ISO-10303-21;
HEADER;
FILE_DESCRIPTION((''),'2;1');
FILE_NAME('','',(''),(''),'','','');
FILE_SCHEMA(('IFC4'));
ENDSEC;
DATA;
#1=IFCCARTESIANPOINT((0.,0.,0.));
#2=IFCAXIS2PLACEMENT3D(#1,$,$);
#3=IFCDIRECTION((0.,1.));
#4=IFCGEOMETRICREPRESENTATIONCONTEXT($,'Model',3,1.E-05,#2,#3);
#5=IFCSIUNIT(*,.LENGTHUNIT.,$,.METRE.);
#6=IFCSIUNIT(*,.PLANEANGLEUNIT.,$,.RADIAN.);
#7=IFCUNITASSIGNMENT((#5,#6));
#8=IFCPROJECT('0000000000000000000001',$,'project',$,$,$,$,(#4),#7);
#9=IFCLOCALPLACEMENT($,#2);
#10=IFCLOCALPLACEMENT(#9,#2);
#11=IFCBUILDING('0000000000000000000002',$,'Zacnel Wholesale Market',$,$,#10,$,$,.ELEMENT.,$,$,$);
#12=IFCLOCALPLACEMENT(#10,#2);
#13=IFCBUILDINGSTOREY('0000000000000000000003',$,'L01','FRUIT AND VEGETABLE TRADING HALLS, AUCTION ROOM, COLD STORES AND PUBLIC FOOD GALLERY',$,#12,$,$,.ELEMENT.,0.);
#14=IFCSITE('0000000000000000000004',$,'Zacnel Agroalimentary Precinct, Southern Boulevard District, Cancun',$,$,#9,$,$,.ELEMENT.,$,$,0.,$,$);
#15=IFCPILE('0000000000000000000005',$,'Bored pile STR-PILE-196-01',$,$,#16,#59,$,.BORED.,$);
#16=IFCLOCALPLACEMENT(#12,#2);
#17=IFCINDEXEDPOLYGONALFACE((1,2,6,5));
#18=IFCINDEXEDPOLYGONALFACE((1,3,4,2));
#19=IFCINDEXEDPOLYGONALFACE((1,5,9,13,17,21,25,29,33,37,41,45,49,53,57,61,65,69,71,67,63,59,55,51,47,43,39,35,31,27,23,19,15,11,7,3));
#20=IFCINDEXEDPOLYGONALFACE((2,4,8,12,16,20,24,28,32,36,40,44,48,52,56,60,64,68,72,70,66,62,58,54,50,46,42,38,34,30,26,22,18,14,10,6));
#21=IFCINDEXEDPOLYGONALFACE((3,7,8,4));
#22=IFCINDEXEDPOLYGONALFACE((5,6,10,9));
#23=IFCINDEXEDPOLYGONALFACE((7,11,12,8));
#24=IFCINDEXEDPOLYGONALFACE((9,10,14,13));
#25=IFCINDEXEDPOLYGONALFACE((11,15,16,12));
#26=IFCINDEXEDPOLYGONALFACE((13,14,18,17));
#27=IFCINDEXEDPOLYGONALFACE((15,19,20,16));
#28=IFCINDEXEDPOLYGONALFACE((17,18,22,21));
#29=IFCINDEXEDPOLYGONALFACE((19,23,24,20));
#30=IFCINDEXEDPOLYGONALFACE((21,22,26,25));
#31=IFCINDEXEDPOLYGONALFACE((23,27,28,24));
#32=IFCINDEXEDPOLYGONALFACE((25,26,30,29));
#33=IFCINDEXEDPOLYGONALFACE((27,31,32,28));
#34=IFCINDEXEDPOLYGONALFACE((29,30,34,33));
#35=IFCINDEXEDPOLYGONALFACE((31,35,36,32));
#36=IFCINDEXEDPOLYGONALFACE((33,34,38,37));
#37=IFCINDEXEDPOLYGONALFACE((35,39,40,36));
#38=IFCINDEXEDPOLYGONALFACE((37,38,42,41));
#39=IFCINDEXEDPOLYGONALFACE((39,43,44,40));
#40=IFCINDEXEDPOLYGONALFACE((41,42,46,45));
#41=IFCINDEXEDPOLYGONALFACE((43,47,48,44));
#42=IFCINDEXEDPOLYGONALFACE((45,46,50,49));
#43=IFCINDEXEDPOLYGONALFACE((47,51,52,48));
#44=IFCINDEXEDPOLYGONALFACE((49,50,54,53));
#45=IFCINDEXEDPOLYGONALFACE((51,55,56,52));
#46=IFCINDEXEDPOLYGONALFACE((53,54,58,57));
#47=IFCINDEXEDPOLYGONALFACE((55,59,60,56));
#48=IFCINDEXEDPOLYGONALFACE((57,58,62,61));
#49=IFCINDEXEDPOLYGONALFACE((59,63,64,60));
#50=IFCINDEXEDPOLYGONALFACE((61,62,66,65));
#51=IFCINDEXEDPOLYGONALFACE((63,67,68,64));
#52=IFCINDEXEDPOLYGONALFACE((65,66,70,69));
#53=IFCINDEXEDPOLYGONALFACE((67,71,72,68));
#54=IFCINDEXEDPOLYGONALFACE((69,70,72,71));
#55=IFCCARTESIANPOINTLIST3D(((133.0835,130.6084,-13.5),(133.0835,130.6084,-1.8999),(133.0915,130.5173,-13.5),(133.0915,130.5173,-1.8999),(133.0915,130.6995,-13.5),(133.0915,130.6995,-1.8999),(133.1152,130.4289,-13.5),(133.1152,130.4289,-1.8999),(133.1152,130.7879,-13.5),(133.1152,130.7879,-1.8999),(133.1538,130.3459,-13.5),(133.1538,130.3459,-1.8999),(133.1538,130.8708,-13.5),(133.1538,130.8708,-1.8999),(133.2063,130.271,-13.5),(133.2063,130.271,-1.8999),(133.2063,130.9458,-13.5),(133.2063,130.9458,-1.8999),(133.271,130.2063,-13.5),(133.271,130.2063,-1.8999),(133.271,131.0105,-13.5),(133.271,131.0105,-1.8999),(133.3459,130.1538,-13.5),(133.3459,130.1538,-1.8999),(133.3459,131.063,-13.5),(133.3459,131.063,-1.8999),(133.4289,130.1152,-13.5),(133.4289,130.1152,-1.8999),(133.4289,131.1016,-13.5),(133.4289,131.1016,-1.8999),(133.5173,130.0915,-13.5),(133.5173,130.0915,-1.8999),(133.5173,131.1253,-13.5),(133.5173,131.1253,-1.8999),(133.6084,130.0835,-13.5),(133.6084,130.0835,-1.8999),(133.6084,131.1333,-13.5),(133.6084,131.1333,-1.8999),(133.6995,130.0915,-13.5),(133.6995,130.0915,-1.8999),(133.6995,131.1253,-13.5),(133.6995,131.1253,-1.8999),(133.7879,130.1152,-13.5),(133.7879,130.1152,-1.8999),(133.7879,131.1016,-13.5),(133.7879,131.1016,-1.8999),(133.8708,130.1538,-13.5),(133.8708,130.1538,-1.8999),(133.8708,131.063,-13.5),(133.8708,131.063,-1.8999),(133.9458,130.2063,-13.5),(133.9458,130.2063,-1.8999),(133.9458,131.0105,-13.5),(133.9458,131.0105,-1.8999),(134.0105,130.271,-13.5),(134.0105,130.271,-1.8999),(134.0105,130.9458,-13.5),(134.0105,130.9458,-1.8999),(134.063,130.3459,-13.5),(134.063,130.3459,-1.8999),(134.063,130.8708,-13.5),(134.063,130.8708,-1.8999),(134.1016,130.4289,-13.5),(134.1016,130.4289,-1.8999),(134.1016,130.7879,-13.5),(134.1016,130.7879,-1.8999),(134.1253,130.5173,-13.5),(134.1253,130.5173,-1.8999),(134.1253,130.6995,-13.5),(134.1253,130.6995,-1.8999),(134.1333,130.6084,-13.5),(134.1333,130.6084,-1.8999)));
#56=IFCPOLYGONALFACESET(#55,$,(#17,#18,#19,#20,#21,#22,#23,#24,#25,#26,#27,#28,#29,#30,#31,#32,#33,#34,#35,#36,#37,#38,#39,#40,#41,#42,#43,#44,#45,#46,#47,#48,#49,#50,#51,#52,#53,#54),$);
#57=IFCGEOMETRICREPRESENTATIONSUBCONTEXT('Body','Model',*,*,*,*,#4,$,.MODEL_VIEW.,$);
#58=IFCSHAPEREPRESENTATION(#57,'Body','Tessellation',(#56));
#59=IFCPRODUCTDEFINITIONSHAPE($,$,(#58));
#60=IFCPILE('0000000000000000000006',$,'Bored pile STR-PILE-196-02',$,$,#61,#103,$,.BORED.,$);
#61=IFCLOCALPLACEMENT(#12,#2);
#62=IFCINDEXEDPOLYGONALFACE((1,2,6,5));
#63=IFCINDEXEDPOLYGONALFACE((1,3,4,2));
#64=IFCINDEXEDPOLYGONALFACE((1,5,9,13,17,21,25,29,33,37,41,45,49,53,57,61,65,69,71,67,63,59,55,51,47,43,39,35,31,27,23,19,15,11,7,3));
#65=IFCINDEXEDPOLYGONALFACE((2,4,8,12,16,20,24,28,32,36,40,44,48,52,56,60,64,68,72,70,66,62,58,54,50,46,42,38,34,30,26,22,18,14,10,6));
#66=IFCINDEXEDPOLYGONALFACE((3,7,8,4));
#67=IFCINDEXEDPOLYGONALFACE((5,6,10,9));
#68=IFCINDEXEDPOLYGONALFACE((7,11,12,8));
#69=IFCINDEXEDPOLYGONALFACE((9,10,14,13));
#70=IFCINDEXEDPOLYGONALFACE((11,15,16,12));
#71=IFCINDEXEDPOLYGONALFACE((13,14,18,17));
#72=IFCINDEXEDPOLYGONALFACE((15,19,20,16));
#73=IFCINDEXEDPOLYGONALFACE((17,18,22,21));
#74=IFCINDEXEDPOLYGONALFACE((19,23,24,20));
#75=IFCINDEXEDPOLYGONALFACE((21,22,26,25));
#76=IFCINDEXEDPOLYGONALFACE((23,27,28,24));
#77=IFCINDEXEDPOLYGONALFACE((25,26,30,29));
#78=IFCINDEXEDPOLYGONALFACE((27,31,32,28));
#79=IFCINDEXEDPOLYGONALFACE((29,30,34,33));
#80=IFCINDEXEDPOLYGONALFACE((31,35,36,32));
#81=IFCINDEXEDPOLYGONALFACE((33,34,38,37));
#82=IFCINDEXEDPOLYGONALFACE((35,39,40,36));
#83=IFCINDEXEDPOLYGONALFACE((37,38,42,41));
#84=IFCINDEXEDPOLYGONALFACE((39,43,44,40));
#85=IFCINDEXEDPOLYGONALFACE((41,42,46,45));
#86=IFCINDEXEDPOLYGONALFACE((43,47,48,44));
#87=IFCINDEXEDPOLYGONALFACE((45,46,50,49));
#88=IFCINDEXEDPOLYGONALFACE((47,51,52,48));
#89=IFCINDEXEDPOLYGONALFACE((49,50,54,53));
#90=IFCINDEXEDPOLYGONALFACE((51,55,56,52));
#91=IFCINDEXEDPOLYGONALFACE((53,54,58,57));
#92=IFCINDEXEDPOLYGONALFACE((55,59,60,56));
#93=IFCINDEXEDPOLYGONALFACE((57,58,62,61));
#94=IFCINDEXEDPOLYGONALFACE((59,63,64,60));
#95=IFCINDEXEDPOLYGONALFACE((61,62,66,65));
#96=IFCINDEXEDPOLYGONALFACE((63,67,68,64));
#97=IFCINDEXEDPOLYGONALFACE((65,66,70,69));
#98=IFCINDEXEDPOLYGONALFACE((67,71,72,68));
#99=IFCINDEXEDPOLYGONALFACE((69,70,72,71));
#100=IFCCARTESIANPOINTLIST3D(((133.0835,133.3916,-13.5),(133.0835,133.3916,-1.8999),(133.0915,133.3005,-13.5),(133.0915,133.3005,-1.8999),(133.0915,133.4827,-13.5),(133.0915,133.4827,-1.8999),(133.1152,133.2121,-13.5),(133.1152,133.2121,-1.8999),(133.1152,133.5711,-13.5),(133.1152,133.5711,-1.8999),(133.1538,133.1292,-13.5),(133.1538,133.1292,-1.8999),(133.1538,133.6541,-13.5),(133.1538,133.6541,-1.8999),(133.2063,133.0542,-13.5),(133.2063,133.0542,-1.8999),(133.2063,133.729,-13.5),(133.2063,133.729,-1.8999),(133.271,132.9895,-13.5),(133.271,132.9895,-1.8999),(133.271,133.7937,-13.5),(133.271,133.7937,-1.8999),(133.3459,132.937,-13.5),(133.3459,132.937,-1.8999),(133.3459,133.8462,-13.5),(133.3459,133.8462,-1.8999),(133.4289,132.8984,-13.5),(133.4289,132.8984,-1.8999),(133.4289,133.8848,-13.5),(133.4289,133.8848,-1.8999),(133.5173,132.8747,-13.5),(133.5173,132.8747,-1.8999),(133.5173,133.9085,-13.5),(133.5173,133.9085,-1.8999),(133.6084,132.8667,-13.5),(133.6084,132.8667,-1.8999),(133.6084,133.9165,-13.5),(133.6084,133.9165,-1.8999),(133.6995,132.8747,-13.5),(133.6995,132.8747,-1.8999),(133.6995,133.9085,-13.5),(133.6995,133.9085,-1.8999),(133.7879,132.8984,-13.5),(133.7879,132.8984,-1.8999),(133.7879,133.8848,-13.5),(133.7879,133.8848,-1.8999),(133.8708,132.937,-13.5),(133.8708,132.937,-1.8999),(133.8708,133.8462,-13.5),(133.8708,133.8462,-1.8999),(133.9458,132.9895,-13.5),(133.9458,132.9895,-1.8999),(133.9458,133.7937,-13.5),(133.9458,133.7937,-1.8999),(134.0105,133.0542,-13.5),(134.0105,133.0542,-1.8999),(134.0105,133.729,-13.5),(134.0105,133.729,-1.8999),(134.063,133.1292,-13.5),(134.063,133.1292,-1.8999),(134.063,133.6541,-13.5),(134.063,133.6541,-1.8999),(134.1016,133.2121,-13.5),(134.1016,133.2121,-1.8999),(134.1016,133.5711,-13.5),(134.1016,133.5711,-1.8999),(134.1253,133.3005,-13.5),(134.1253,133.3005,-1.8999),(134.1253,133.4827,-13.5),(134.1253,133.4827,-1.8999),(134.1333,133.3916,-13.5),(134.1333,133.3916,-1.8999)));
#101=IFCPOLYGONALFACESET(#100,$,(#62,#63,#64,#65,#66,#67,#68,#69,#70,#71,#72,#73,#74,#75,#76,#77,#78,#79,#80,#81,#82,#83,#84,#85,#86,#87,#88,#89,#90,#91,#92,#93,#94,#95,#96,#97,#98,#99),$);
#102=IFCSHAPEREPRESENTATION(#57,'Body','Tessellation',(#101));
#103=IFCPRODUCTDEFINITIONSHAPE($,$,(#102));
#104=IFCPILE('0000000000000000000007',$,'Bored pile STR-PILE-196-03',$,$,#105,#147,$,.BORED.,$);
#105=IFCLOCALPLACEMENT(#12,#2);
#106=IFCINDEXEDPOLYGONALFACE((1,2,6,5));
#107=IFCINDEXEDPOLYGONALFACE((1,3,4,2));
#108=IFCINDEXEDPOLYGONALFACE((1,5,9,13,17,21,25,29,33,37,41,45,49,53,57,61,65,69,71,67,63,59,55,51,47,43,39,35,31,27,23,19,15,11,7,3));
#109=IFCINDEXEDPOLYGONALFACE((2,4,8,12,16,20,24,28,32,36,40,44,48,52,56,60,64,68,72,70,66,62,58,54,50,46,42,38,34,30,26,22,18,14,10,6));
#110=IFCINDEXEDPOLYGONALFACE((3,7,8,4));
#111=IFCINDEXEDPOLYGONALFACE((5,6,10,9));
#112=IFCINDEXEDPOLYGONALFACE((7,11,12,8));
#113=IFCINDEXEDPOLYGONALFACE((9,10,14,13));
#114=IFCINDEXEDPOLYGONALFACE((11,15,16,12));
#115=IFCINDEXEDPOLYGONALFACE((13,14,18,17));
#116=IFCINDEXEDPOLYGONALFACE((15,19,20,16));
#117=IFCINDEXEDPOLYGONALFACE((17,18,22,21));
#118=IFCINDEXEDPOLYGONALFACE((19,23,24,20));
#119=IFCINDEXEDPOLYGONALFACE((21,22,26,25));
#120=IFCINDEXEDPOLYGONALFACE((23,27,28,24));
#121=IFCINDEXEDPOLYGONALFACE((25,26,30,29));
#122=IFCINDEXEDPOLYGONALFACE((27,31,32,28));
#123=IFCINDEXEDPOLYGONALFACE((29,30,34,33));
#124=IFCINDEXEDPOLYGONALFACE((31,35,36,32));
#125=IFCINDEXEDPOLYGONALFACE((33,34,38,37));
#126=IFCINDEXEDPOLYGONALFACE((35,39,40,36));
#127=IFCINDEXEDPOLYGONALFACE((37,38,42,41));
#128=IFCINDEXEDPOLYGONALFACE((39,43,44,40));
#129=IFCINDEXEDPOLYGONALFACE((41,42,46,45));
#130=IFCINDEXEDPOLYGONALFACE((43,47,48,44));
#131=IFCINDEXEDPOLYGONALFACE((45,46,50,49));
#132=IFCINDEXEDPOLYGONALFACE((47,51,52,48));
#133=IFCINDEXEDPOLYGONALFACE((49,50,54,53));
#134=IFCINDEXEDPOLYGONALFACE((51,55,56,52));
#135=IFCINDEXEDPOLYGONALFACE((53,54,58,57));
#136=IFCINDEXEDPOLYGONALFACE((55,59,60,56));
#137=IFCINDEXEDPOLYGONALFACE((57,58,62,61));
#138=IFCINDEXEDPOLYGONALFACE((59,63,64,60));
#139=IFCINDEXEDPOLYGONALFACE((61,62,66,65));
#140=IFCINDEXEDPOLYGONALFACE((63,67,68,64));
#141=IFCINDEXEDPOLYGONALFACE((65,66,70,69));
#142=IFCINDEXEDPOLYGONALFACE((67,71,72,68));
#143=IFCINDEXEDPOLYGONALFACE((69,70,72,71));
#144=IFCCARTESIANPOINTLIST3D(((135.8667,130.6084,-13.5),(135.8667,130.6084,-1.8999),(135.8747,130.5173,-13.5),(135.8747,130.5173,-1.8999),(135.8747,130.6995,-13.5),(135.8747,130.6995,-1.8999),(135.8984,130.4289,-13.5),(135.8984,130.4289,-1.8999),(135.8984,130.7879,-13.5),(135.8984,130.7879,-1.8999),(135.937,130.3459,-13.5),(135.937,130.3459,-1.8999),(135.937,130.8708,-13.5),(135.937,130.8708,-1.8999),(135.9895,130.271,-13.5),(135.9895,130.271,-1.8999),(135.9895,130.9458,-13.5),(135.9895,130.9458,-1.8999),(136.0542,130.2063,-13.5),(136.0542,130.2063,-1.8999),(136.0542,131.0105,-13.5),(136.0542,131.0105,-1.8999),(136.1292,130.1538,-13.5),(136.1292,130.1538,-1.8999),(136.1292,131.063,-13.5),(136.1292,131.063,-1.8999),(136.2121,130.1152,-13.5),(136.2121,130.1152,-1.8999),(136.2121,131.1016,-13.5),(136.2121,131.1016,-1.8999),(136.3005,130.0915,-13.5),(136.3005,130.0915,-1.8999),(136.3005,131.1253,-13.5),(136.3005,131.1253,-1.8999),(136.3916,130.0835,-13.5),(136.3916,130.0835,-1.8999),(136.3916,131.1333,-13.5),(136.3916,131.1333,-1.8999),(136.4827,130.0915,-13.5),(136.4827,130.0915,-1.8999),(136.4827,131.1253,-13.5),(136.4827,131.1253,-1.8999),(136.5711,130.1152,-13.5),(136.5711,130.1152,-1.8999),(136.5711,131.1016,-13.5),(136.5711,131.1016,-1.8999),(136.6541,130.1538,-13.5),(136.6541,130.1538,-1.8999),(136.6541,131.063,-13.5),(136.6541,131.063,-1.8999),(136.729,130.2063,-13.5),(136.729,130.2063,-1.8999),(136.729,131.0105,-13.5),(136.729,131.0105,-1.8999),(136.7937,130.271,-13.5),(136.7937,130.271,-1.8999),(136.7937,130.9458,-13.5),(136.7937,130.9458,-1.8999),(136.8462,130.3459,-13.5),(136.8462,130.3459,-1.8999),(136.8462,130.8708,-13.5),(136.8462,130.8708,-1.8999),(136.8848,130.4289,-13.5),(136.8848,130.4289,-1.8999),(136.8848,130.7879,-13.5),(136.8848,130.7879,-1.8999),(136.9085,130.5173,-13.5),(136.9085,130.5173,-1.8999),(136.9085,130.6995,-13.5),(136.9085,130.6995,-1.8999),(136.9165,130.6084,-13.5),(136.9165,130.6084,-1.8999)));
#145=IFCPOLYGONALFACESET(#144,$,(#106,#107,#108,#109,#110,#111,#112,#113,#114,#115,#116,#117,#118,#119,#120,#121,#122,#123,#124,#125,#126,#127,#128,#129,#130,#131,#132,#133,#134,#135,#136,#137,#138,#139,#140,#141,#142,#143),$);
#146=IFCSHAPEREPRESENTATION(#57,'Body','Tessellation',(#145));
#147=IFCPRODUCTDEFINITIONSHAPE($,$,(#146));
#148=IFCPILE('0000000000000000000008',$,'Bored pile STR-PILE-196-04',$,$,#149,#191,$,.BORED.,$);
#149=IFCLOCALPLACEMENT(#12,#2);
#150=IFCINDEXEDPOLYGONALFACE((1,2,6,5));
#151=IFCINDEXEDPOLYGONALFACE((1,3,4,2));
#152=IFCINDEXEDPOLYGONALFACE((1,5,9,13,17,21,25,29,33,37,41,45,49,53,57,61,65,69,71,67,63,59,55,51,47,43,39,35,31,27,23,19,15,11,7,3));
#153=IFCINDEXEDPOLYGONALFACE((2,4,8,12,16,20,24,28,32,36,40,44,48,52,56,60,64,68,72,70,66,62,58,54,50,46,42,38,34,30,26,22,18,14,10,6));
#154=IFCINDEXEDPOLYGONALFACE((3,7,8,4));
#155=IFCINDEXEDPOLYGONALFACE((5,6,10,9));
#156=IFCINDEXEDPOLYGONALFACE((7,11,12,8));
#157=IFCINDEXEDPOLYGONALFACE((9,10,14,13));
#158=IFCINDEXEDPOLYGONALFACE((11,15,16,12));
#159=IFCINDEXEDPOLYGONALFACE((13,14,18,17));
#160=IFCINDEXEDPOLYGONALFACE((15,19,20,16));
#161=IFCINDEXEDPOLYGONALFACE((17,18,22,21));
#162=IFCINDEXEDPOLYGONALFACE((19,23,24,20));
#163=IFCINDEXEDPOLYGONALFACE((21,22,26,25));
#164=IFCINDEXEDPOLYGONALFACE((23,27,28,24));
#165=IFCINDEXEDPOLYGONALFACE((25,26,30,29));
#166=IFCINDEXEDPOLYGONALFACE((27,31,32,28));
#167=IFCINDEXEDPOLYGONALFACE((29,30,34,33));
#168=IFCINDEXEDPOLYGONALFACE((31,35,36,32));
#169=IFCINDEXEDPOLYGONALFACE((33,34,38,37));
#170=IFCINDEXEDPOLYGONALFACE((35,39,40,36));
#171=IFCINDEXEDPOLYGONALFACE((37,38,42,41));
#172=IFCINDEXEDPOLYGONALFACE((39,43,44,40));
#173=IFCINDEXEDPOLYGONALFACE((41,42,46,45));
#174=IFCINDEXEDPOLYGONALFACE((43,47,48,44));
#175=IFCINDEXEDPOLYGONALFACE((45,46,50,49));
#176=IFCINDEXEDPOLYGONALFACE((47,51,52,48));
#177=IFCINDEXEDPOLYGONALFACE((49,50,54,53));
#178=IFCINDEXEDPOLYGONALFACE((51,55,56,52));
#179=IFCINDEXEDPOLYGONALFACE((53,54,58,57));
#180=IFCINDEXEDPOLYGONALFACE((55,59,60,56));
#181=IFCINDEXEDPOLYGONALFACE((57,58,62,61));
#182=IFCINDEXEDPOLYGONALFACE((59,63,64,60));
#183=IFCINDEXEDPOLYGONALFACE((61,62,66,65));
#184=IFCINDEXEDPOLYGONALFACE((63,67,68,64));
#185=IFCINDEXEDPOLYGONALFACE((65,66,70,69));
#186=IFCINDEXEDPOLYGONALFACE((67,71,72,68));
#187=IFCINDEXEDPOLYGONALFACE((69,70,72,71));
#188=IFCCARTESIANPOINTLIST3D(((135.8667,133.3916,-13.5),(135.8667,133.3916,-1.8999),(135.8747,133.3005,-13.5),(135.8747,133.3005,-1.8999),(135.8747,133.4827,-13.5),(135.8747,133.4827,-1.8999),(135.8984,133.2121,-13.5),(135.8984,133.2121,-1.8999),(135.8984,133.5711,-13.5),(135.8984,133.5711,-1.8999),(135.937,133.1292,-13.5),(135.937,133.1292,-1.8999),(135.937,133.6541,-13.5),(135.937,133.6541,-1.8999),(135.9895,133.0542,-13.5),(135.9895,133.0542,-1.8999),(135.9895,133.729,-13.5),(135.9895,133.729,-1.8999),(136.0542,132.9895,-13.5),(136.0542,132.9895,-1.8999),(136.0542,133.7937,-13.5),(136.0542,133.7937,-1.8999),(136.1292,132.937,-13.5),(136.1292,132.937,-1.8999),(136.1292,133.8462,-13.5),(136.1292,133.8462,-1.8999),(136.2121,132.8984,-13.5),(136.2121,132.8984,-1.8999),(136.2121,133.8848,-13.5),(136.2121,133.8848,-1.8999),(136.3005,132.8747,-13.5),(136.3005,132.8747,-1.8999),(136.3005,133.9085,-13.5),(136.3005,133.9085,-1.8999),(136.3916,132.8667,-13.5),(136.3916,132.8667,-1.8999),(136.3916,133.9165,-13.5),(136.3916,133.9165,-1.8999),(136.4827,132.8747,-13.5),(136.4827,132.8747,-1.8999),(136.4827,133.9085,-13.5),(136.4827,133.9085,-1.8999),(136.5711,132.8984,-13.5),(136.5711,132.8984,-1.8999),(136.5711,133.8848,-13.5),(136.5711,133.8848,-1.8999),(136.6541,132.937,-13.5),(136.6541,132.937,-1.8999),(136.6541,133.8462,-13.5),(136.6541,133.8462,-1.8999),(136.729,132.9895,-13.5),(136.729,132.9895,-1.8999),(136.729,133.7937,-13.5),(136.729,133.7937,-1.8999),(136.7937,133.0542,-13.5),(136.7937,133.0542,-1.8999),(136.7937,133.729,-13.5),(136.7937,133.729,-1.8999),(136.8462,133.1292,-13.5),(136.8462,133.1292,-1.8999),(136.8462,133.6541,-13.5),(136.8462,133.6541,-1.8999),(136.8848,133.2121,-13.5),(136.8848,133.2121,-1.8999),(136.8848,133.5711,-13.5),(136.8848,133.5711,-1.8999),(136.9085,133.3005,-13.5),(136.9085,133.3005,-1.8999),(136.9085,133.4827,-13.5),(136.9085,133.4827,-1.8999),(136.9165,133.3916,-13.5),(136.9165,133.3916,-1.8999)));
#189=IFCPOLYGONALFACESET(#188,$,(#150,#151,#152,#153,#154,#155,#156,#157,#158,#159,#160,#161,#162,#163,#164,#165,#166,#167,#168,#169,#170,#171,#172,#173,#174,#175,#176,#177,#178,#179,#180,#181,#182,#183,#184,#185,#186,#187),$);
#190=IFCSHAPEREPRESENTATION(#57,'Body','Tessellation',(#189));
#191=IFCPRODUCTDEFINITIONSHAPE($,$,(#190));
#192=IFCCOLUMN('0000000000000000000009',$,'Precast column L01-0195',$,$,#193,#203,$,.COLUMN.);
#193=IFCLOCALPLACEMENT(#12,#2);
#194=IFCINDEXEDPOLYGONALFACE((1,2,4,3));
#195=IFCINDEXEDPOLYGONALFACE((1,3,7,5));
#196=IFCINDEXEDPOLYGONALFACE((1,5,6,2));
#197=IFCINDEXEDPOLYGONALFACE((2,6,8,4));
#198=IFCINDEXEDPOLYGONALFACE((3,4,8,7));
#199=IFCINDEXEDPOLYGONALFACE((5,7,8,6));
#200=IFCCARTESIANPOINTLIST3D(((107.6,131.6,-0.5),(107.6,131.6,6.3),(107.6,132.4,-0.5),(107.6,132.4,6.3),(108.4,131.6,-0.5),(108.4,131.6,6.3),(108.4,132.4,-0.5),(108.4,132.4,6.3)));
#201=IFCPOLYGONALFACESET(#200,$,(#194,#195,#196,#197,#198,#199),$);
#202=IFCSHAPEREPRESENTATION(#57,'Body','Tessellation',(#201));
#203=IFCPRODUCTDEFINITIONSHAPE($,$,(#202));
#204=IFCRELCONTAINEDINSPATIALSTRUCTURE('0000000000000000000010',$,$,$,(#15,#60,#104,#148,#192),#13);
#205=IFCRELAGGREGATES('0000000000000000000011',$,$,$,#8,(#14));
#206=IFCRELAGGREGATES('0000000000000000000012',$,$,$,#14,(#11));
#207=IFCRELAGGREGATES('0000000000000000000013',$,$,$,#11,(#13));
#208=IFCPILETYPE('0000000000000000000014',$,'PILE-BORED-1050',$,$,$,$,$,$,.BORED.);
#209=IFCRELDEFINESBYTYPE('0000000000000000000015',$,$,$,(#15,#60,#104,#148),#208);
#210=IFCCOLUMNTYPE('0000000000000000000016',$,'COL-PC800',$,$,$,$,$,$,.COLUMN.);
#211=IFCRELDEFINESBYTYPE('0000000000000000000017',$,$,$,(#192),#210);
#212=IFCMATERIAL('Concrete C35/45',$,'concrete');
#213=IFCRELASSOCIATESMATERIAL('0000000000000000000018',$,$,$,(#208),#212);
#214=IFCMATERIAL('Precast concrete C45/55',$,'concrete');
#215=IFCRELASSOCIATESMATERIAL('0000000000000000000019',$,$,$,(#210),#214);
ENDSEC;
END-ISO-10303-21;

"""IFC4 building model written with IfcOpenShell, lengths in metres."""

from ifc_helpers import new_model, si_unit, direction, frame, origin, origin_2d, place, context, subcontext, project, spatial, rectangle, circle, extrude, material, material_profile, profile_set, type_object, element, save


model = new_model("IFC4")

# Units and contexts
model_context = context("Model", 3, precision=1e-05, world=origin(), true_north=direction((0.0, 1.0)))
body_context = subcontext(model_context, "Body", "Model", "MODEL_VIEW")
ifc_project = project(units=[si_unit("LENGTHUNIT", "METRE"), si_unit("PLANEANGLEUNIT", "RADIAN")], contexts=[model_context])

# Site, building, storey
site_placement = place(None, origin())
site = spatial("IfcSite", under=ifc_project, at=site_placement, Name="Zacnel Agroalimentary Precinct, Southern Boulevard District, Cancun", CompositionType="ELEMENT", RefElevation=0.0)
building_placement = place(site_placement, origin())
building = spatial("IfcBuilding", under=site, at=building_placement, Name="Zacnel Wholesale Market", CompositionType="ELEMENT")
storey_placement = place(building_placement, origin())
storey = spatial("IfcBuildingStorey", under=building, at=storey_placement, Name="L01", Description="FRUIT AND VEGETABLE TRADING HALLS, AUCTION ROOM, COLD STORES AND PUBLIC FOOD GALLERY", CompositionType="ELEMENT", Elevation=0.0)

# Piles
ifc_material_1 = material(Name="Concrete C35/45", Category="concrete")
ifc_material_profile_1 = material_profile(ifc_material_1, circle(Radius=0.5249, at=origin_2d()), Name="BORED PILE D1050")
ifc_profile_set_1 = profile_set([ifc_material_profile_1], Name="Concrete C35/45")
pile_type = type_object("IfcPileType", Name="PILE-BORED-1050", PredefinedType="BORED", material=ifc_profile_set_1)
for number, where, z_axis, x_axis, name in (
    (1, (133.6084, 130.6084, -1.8999), (0.0, 0.0, -1.0), (1.0, 0.0, 0.0), "Bored pile STR-PILE-196-01"),
    (2, (133.6084, 133.3916, -1.8999), (0.0, 0.0, -1.0), (1.0, 0.0, 0.0), "Bored pile STR-PILE-196-02"),
    (3, (136.3916, 130.6084, -1.8999), (0.0, 0.0, -1.0), (1.0, 0.0, 0.0), "Bored pile STR-PILE-196-03"),
    (4, (136.3916, 133.3916, -1.8999), (0.0, 0.0, -1.0), (1.0, 0.0, 0.0), "Bored pile STR-PILE-196-04"),
):
    element("IfcPile", number, at=place(storey_placement, frame(where, z_axis=z_axis, x_axis=x_axis)), inside=storey, type_object=pile_type, Name=name, PredefinedType="BORED", context=body_context, shape_type="SweptSolid", body=[
        extrude(circle(Radius=0.5249, at=origin_2d()), origin(), (0.0, 0.0, 1.0), 11.6001),
    ])

# Column
ifc_material_2 = material(Name="Precast concrete C45/55", Category="concrete")
ifc_material_profile_2 = material_profile(ifc_material_2, rectangle(XDim=0.8, YDim=0.8, at=origin_2d()), Name="PC 800x800")
ifc_profile_set_2 = profile_set([ifc_material_profile_2], Name="Precast concrete C45/55")
column_type = type_object("IfcColumnType", Name="COL-PC800", PredefinedType="COLUMN", material=ifc_profile_set_2)
for number, where, z_axis, x_axis, name in (
    (5, (108.0, 132.0, -0.5), (0.0, 0.0, 1.0), (1.0, 0.0, 0.0), "Precast column L01-0195"),
):
    element("IfcColumn", number, at=place(storey_placement, frame(where, z_axis=z_axis, x_axis=x_axis)), inside=storey, type_object=column_type, Name=name, PredefinedType="COLUMN", context=body_context, shape_type="SweptSolid", body=[
        extrude(rectangle(XDim=0.8, YDim=0.8, at=origin_2d()), origin(), (0.0, 0.0, 1.0), 6.8),
    ])

save(model, "model.ifc")
